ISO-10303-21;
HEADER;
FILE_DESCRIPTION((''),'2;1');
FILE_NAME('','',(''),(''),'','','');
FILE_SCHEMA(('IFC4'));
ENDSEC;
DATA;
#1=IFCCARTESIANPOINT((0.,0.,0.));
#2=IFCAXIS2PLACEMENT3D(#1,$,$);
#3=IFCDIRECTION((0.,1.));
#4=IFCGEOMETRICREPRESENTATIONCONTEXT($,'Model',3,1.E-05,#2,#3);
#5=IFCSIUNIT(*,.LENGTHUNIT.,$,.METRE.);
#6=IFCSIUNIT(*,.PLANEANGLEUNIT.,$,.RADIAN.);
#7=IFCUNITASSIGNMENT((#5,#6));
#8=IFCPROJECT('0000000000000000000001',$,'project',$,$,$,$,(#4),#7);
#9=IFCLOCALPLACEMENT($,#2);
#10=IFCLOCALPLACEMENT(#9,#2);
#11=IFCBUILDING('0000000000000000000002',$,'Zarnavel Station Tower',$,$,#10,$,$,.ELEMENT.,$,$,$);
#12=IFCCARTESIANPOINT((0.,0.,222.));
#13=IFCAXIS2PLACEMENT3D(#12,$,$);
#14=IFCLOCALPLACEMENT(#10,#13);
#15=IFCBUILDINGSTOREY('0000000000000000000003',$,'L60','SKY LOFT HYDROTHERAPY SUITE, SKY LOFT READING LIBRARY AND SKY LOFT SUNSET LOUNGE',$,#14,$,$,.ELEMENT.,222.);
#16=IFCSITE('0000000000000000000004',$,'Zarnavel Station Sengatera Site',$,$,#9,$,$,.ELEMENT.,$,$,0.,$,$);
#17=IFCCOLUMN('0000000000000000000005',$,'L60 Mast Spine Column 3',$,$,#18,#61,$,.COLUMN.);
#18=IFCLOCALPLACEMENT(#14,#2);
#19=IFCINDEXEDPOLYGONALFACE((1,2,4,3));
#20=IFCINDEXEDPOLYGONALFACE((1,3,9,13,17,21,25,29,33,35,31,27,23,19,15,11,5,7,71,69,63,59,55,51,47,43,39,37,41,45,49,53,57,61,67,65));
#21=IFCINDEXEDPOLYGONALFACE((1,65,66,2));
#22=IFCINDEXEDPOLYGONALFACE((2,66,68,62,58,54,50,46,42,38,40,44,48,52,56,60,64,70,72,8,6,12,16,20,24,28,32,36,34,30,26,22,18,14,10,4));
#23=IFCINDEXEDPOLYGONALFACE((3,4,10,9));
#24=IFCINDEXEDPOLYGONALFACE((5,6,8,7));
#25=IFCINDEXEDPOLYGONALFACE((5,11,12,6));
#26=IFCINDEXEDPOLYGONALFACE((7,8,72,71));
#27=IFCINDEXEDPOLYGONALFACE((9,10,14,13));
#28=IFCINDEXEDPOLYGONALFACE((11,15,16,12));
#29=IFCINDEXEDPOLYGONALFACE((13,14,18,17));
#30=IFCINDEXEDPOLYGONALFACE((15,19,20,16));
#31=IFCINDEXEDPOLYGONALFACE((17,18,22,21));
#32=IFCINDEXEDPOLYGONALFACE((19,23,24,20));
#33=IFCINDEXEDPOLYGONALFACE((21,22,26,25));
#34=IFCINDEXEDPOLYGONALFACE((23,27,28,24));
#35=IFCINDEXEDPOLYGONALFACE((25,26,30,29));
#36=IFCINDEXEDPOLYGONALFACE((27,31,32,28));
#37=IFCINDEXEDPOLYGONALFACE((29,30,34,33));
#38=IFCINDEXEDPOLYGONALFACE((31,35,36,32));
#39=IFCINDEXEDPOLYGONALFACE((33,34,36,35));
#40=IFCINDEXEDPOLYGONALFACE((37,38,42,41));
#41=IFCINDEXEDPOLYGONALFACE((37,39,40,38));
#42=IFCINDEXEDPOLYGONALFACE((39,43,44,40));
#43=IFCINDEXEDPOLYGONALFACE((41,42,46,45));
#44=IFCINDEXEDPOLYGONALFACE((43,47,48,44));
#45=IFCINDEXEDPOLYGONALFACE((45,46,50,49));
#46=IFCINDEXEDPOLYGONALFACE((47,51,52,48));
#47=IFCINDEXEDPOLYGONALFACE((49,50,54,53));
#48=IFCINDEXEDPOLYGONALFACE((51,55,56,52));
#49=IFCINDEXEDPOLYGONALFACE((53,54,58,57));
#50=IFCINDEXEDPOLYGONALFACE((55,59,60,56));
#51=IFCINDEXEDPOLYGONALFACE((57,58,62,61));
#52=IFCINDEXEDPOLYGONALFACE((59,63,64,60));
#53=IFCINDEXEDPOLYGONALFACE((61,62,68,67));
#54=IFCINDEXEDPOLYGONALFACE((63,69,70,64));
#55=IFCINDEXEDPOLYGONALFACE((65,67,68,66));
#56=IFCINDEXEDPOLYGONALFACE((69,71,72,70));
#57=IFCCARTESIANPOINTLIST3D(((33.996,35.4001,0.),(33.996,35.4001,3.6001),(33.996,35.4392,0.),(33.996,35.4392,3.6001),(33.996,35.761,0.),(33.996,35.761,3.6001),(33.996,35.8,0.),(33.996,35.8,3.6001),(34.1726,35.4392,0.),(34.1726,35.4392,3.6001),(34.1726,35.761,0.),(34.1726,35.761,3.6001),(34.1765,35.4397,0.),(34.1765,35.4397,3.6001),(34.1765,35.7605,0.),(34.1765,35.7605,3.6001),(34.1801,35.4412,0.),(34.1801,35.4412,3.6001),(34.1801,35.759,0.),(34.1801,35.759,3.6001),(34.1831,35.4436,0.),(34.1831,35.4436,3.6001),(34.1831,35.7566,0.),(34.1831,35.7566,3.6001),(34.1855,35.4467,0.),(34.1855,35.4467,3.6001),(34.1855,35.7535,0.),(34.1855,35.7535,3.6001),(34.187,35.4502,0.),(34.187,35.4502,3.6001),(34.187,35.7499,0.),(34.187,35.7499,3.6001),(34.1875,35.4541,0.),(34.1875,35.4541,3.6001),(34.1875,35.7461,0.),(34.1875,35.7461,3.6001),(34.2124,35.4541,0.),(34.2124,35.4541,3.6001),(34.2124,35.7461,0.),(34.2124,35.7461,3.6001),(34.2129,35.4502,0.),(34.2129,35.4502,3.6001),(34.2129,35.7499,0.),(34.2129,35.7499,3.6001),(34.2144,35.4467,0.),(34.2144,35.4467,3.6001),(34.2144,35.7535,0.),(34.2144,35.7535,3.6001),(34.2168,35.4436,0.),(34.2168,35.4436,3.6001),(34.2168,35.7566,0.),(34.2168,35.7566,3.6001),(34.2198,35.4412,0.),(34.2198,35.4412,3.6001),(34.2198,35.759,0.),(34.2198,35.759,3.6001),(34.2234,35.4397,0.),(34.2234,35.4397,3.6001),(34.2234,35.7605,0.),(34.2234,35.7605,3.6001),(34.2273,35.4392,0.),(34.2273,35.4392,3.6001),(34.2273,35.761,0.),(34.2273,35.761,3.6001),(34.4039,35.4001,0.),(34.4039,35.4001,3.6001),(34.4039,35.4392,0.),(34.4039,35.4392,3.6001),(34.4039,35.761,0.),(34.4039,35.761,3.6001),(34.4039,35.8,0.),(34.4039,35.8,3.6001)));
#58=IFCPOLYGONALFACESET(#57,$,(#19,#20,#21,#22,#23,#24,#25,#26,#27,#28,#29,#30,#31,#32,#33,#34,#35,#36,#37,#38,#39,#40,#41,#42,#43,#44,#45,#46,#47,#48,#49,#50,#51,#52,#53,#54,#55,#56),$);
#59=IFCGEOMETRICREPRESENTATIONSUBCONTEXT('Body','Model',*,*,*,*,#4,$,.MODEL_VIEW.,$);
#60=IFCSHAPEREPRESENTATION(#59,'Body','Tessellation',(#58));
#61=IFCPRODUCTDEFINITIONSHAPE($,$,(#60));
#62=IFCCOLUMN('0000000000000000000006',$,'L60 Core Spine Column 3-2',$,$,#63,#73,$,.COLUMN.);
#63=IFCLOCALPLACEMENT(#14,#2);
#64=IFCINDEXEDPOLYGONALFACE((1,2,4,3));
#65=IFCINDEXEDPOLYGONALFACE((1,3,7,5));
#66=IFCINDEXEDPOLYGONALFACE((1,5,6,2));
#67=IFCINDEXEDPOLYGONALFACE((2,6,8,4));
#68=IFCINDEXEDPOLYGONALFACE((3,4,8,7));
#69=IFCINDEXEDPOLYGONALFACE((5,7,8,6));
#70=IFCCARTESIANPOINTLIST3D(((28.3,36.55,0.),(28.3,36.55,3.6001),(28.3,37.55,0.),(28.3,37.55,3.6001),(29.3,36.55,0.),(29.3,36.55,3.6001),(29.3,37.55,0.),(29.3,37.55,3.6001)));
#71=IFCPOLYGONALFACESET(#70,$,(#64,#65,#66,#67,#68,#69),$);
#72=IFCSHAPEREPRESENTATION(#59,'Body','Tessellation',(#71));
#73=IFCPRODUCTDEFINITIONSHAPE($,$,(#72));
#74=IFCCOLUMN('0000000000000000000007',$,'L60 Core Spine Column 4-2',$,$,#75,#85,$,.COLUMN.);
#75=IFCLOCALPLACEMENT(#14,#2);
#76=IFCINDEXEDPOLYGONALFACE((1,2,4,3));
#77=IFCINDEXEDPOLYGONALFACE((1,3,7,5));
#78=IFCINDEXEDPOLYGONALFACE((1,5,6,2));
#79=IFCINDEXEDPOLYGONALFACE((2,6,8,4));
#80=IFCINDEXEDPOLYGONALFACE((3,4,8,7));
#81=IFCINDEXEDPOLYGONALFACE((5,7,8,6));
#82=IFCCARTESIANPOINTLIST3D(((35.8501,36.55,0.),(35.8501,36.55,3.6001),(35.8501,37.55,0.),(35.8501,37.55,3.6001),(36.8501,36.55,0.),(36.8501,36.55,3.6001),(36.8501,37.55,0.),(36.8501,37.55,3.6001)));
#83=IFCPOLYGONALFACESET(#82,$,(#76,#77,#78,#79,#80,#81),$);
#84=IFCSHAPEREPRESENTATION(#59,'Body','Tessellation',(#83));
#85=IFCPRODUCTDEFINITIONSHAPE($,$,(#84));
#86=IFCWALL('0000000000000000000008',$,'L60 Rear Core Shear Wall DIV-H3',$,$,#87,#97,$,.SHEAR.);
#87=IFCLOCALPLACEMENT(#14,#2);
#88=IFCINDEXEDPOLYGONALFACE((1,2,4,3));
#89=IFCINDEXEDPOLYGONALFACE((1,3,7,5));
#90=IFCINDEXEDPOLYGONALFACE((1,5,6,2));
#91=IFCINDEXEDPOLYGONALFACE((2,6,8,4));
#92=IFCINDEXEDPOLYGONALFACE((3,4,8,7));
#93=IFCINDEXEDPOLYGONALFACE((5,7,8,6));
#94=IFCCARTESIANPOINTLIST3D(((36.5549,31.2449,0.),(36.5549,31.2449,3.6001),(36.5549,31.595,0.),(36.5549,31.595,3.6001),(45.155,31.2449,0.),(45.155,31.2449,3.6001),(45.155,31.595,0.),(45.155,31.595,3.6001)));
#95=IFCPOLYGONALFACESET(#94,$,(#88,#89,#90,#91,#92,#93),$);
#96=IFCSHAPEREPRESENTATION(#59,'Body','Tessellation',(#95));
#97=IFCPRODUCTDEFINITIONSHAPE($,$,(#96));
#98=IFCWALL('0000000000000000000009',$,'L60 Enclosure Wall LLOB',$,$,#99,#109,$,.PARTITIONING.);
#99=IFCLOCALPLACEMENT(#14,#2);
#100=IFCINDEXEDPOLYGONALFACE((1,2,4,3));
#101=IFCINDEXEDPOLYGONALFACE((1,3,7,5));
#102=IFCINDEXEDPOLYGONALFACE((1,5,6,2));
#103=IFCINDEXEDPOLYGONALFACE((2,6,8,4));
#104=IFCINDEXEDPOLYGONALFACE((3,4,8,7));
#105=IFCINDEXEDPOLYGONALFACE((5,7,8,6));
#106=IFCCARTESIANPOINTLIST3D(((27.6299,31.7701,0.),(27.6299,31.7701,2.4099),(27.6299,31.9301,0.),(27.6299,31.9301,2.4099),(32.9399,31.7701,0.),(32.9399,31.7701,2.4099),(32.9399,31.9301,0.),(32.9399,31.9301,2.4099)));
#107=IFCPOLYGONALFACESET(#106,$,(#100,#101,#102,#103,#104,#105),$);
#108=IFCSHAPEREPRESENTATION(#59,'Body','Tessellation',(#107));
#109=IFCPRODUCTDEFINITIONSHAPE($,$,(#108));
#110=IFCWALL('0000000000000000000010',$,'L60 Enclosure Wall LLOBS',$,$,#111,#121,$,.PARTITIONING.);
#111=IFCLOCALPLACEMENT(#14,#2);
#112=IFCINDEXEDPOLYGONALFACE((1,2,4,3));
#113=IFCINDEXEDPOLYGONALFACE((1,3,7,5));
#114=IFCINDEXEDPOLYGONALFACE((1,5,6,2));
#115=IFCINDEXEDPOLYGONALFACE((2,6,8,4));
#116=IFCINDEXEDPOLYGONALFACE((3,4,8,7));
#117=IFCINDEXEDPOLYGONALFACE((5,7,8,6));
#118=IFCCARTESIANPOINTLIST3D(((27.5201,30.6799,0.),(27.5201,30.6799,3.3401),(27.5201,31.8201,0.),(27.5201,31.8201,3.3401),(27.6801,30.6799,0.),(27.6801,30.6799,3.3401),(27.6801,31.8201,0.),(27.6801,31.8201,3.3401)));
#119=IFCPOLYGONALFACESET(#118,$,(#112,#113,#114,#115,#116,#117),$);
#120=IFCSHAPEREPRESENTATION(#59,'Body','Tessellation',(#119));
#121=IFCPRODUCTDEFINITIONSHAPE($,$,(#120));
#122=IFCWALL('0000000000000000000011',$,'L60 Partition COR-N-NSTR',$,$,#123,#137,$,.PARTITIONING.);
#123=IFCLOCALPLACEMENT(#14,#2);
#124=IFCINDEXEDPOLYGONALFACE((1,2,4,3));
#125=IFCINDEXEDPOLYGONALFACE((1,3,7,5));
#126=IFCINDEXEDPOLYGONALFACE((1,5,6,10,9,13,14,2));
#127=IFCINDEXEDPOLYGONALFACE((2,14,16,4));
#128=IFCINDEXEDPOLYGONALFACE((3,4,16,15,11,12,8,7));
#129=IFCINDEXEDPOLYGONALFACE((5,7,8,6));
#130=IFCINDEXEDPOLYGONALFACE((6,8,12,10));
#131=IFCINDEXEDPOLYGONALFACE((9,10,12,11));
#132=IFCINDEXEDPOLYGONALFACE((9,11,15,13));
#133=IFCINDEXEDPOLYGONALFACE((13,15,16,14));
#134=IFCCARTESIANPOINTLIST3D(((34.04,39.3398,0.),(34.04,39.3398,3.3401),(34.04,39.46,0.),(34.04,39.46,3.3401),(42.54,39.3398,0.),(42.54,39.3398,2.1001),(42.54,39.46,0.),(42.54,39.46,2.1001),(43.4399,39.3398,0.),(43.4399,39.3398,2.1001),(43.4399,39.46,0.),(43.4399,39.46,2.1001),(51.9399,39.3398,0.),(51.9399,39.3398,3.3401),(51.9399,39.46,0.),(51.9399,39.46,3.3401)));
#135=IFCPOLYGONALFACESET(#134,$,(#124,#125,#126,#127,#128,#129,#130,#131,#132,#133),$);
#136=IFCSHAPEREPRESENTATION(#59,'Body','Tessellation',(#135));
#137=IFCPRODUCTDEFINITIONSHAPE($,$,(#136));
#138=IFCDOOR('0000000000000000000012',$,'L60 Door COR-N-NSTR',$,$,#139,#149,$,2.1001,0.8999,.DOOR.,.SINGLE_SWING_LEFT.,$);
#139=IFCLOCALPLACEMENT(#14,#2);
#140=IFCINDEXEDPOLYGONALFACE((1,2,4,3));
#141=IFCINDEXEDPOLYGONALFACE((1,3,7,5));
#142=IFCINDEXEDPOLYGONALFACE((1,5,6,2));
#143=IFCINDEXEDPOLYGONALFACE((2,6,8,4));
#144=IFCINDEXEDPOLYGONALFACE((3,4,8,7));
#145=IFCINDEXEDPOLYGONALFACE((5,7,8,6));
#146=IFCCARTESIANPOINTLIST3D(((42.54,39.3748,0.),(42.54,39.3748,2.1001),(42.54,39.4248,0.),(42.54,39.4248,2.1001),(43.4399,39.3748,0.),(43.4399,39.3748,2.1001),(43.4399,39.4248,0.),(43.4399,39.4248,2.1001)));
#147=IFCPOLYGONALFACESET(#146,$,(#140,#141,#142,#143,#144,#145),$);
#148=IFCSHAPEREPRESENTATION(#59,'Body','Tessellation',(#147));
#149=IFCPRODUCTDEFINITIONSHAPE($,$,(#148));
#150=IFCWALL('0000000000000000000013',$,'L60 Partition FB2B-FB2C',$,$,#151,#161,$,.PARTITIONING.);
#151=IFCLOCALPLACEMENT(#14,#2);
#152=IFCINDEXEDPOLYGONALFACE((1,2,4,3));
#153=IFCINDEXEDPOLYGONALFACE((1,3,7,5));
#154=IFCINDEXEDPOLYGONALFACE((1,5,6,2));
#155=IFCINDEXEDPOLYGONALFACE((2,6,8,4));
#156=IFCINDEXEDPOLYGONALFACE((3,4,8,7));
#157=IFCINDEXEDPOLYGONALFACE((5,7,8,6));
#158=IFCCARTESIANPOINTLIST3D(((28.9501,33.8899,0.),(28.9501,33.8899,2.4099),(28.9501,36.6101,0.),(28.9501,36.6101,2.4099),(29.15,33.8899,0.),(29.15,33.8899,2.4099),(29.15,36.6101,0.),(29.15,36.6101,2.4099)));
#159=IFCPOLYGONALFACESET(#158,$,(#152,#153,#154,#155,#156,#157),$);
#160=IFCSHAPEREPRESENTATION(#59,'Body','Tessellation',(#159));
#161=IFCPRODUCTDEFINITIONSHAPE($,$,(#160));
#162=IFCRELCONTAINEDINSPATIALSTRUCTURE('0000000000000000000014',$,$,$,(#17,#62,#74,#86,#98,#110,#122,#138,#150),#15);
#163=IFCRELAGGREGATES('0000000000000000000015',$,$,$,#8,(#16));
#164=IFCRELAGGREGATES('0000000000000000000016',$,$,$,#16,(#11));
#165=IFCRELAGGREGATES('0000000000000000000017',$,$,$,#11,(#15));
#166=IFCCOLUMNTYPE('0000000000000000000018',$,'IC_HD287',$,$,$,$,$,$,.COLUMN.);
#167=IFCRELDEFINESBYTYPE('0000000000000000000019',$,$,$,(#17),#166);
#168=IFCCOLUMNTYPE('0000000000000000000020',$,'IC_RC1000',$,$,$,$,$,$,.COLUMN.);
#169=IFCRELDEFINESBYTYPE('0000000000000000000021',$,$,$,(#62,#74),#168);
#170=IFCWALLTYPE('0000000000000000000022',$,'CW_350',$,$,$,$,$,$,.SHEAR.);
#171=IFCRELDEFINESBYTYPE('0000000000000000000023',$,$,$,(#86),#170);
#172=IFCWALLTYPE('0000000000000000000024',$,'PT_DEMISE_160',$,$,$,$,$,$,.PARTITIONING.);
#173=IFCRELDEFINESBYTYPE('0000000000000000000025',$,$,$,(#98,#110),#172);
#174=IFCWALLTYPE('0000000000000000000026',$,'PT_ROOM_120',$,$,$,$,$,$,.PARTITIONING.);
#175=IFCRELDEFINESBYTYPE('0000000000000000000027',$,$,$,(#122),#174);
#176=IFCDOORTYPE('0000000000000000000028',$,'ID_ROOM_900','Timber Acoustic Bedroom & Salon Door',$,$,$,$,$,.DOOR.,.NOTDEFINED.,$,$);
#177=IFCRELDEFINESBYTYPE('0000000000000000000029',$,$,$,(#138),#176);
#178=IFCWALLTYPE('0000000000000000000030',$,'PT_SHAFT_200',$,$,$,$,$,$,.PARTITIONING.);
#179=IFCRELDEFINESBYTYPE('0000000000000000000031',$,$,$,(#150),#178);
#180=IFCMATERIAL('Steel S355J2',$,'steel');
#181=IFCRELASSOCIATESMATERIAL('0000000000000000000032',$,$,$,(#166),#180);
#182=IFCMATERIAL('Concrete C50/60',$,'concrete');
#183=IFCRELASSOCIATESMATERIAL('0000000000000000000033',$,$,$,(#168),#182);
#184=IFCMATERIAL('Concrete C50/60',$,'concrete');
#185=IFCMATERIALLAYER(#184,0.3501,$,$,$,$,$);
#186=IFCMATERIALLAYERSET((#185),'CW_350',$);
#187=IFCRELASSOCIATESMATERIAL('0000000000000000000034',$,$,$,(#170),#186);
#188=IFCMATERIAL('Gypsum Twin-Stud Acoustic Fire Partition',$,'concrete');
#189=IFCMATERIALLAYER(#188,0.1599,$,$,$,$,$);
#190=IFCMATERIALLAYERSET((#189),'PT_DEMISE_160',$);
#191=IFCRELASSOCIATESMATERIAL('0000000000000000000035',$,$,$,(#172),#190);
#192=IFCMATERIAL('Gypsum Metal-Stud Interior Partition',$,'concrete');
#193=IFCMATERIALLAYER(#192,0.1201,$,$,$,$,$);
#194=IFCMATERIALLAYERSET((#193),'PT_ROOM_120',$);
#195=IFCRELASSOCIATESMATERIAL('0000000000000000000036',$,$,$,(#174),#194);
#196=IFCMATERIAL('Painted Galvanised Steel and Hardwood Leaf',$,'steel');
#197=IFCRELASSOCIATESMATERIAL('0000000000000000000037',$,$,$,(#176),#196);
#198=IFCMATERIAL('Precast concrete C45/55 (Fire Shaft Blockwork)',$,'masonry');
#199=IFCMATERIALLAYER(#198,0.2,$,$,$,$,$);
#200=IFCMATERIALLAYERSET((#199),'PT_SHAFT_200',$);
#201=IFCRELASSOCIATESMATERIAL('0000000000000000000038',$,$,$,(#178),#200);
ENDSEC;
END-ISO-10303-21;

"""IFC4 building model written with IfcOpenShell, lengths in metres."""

from ifc_helpers import new_model, si_unit, direction, frame, frame_2d, origin, origin_2d, place, context, subcontext, project, spatial, rectangle, i_section, extrude, material, layer, layer_set, material_profile, profile_set, type_object, element, fill, save


model = new_model("IFC4")

# Units and contexts
model_context = context("Model", 3, precision=1e-05, world=origin(), true_north=direction((0.0, 1.0)))
body_context = subcontext(model_context, "Body", "Model", "MODEL_VIEW")
ifc_project = project(units=[si_unit("LENGTHUNIT", "METRE"), si_unit("PLANEANGLEUNIT", "RADIAN")], contexts=[model_context])

# Site, building, storey
site_placement = place(None, origin())
site = spatial("IfcSite", under=ifc_project, at=site_placement, Name="Zarnavel Station Sengatera Site", CompositionType="ELEMENT", RefElevation=0.0)
building_placement = place(site_placement, origin())
building = spatial("IfcBuilding", under=site, at=building_placement, Name="Zarnavel Station Tower", CompositionType="ELEMENT")
storey_placement = place(building_placement, frame((0.0, 0.0, 222.0)))
storey = spatial("IfcBuildingStorey", under=building, at=storey_placement, Name="L60", Description="SKY LOFT HYDROTHERAPY SUITE, SKY LOFT READING LIBRARY AND SKY LOFT SUNSET LOUNGE", CompositionType="ELEMENT", Elevation=222.0)

# Columns
ifc_material_1 = material(Name="Steel S355J2", Category="steel")
ifc_material_profile_1 = material_profile(ifc_material_1, i_section(OverallWidth=0.408, OverallDepth=0.3999, WebThickness=0.0249, FlangeThickness=0.0391, FilletRadius=0.0149, at=origin_2d()), Name="HD400x287")
ifc_profile_set_1 = profile_set([ifc_material_profile_1], Name="Steel S355J2")
column_type_1 = type_object("IfcColumnType", Name="IC_HD287", PredefinedType="COLUMN", material=ifc_profile_set_1)
column_placement = place(storey_placement, frame((34.2, 35.6001, 0.0), z_axis=(0.0, 0.0, 1.0), x_axis=(1.0, 0.0, 0.0)))
element("IfcColumn", 1, at=column_placement, inside=storey, type_object=column_type_1, Name="L60 Mast Spine Column 3", PredefinedType="COLUMN", context=body_context, shape_type="SweptSolid", body=[
    extrude(i_section(OverallWidth=0.408, OverallDepth=0.3999, WebThickness=0.0249, FlangeThickness=0.0391, FilletRadius=0.0149, at=origin_2d()), origin(), (0.0, 0.0, 1.0), 3.6001),
])
ifc_material_2 = material(Name="Concrete C50/60", Category="concrete")
ifc_material_profile_2 = material_profile(ifc_material_2, rectangle(XDim=1.0, YDim=1.0, at=origin_2d()), Name="RC1000x1000")
ifc_profile_set_2 = profile_set([ifc_material_profile_2], Name="Concrete C50/60")
column_type_2 = type_object("IfcColumnType", Name="IC_RC1000", PredefinedType="COLUMN", material=ifc_profile_set_2)
for number, where, z_axis, x_axis, name in (
    (2, (28.8, 37.05, 0.0), (0.0, 0.0, 1.0), (1.0, 0.0, 0.0), "L60 Core Spine Column 3-2"),
    (3, (36.3501, 37.05, 0.0), (0.0, 0.0, 1.0), (1.0, 0.0, 0.0), "L60 Core Spine Column 4-2"),
):
    element("IfcColumn", number, at=place(storey_placement, frame(where, z_axis=z_axis, x_axis=x_axis)), inside=storey, type_object=column_type_2, Name=name, PredefinedType="COLUMN", context=body_context, shape_type="SweptSolid", body=[
        extrude(rectangle(XDim=1.0, YDim=1.0, at=origin_2d()), origin(), (0.0, 0.0, 1.0), 3.6001),
    ])

# Walls
ifc_material_3 = material(Name="Concrete C50/60", Category="concrete")
ifc_layer_1 = layer(ifc_material_3, 0.3501)
ifc_layer_set_1 = layer_set([ifc_layer_1], Name="CW_350")
wall_type_1 = type_object("IfcWallType", Name="CW_350", PredefinedType="SHEAR", material=ifc_layer_set_1)
wall_1_placement = place(storey_placement, frame((36.5549, 31.4199, 0.0), z_axis=(0.0, 0.0, 1.0), x_axis=(1.0, 0.0, 0.0)))
element("IfcWall", 4, at=wall_1_placement, inside=storey, type_object=wall_type_1, Name="L60 Rear Core Shear Wall DIV-H3", PredefinedType="SHEAR", context=body_context, shape_type="SweptSolid", body=[
    extrude(rectangle(XDim=8.6001, YDim=0.3501, at=frame_2d((4.3, 0.0))), origin(), (0.0, 0.0, 1.0), 3.6001),
])
ifc_material_4 = material(Name="Gypsum Twin-Stud Acoustic Fire Partition", Category="concrete")
ifc_layer_2 = layer(ifc_material_4, 0.1599)
ifc_layer_set_2 = layer_set([ifc_layer_2], Name="PT_DEMISE_160")
wall_type_2 = type_object("IfcWallType", Name="PT_DEMISE_160", PredefinedType="PARTITIONING", material=ifc_layer_set_2)
wall_2_placement = place(storey_placement, frame((27.6299, 31.8501, 0.0), z_axis=(0.0, 0.0, 1.0), x_axis=(1.0, 0.0, 0.0)))
element("IfcWall", 5, at=wall_2_placement, inside=storey, type_object=wall_type_2, Name="L60 Enclosure Wall LLOB", PredefinedType="PARTITIONING", context=body_context, shape_type="SweptSolid", body=[
    extrude(rectangle(XDim=5.3101, YDim=0.1599, at=frame_2d((2.655, 0.0))), origin(), (0.0, 0.0, 1.0), 2.4099),
])
wall_3_placement = place(storey_placement, frame((27.6001, 30.6799, 0.0), z_axis=(0.0, 0.0, 1.0), x_axis=(0.0, 1.0, 0.0)))
element("IfcWall", 6, at=wall_3_placement, inside=storey, type_object=wall_type_2, Name="L60 Enclosure Wall LLOBS", PredefinedType="PARTITIONING", context=body_context, shape_type="SweptSolid", body=[
    extrude(rectangle(XDim=1.1401, YDim=0.1599, at=frame_2d((0.5701, 0.0))), origin(), (0.0, 0.0, 1.0), 3.3401),
])

# Wall, opening, door
ifc_material_5 = material(Name="Gypsum Metal-Stud Interior Partition", Category="concrete")
ifc_layer_3 = layer(ifc_material_5, 0.1201)
ifc_layer_set_3 = layer_set([ifc_layer_3], Name="PT_ROOM_120")
wall_type_3 = type_object("IfcWallType", Name="PT_ROOM_120", PredefinedType="PARTITIONING", material=ifc_layer_set_3)
wall_4_placement = place(storey_placement, frame((34.04, 39.3999, 0.0), z_axis=(0.0, 0.0, 1.0), x_axis=(1.0, 0.0, 0.0)))
wall_4 = element("IfcWall", 7, at=wall_4_placement, inside=storey, type_object=wall_type_3, Name="L60 Partition COR-N-NSTR", PredefinedType="PARTITIONING", context=body_context, shape_type="SweptSolid", body=[
    extrude(rectangle(XDim=17.8999, YDim=0.1201, at=frame_2d((8.95, 0.0))), origin(), (0.0, 0.0, 1.0), 3.3401),
])
opening_1_placement = place(wall_4_placement, frame((8.5, 0.0, 0.0)))
opening_1 = element("IfcOpeningElement", 8, at=opening_1_placement, cuts=wall_4, PredefinedType="OPENING", context=body_context, shape_type="SweptSolid", body=[
    extrude(rectangle(XDim=0.8999, YDim=2.1001, at=frame_2d((0.45, 1.05))), frame((0.0, 0.0701, 0.0), z_axis=(0.0, -1.0, 0.0), x_axis=(1.0, 0.0, 0.0)), (0.0, 0.0, 1.0), 0.1401),
])
ifc_material_6 = material(Name="Painted Galvanised Steel and Hardwood Leaf", Category="steel")
door_type_1 = type_object("IfcDoorType", Name="ID_ROOM_900", Description="Timber Acoustic Bedroom & Salon Door", OperationType="NOTDEFINED", PredefinedType="DOOR", material=ifc_material_6)
door_1_placement = place(opening_1_placement, origin())
door_1 = element("IfcDoor", 9, at=door_1_placement, inside=storey, type_object=door_type_1, Name="L60 Door COR-N-NSTR", OperationType="SINGLE_SWING_LEFT", OverallHeight=2.1001, OverallWidth=0.8999, PredefinedType="DOOR", context=body_context, shape_type="SweptSolid", body=[
    extrude(rectangle(XDim=0.8999, YDim=2.1001, at=frame_2d((0.45, 1.05))), frame((0.0, 0.0249, 0.0), z_axis=(0.0, -1.0, 0.0), x_axis=(1.0, 0.0, 0.0)), (0.0, 0.0, 1.0), 0.05),
])
fill(opening_1, door_1)
ifc_material_7 = material(Name="Precast concrete C45/55 (Fire Shaft Blockwork)", Category="masonry")
ifc_layer_4 = layer(ifc_material_7, 0.2)
ifc_layer_set_4 = layer_set([ifc_layer_4], Name="PT_SHAFT_200")
wall_type_4 = type_object("IfcWallType", Name="PT_SHAFT_200", PredefinedType="PARTITIONING", material=ifc_layer_set_4)

# Wall
wall_5_placement = place(storey_placement, frame((29.05, 33.8899, 0.0), z_axis=(0.0, 0.0, 1.0), x_axis=(0.0, 1.0, 0.0)))
element("IfcWall", 10, at=wall_5_placement, inside=storey, type_object=wall_type_4, Name="L60 Partition FB2B-FB2C", PredefinedType="PARTITIONING", context=body_context, shape_type="SweptSolid", body=[
    extrude(rectangle(XDim=2.7202, YDim=0.2, at=frame_2d((1.3601, 0.0))), origin(), (0.0, 0.0, 1.0), 2.4099),
])

save(model, "model.ifc")
